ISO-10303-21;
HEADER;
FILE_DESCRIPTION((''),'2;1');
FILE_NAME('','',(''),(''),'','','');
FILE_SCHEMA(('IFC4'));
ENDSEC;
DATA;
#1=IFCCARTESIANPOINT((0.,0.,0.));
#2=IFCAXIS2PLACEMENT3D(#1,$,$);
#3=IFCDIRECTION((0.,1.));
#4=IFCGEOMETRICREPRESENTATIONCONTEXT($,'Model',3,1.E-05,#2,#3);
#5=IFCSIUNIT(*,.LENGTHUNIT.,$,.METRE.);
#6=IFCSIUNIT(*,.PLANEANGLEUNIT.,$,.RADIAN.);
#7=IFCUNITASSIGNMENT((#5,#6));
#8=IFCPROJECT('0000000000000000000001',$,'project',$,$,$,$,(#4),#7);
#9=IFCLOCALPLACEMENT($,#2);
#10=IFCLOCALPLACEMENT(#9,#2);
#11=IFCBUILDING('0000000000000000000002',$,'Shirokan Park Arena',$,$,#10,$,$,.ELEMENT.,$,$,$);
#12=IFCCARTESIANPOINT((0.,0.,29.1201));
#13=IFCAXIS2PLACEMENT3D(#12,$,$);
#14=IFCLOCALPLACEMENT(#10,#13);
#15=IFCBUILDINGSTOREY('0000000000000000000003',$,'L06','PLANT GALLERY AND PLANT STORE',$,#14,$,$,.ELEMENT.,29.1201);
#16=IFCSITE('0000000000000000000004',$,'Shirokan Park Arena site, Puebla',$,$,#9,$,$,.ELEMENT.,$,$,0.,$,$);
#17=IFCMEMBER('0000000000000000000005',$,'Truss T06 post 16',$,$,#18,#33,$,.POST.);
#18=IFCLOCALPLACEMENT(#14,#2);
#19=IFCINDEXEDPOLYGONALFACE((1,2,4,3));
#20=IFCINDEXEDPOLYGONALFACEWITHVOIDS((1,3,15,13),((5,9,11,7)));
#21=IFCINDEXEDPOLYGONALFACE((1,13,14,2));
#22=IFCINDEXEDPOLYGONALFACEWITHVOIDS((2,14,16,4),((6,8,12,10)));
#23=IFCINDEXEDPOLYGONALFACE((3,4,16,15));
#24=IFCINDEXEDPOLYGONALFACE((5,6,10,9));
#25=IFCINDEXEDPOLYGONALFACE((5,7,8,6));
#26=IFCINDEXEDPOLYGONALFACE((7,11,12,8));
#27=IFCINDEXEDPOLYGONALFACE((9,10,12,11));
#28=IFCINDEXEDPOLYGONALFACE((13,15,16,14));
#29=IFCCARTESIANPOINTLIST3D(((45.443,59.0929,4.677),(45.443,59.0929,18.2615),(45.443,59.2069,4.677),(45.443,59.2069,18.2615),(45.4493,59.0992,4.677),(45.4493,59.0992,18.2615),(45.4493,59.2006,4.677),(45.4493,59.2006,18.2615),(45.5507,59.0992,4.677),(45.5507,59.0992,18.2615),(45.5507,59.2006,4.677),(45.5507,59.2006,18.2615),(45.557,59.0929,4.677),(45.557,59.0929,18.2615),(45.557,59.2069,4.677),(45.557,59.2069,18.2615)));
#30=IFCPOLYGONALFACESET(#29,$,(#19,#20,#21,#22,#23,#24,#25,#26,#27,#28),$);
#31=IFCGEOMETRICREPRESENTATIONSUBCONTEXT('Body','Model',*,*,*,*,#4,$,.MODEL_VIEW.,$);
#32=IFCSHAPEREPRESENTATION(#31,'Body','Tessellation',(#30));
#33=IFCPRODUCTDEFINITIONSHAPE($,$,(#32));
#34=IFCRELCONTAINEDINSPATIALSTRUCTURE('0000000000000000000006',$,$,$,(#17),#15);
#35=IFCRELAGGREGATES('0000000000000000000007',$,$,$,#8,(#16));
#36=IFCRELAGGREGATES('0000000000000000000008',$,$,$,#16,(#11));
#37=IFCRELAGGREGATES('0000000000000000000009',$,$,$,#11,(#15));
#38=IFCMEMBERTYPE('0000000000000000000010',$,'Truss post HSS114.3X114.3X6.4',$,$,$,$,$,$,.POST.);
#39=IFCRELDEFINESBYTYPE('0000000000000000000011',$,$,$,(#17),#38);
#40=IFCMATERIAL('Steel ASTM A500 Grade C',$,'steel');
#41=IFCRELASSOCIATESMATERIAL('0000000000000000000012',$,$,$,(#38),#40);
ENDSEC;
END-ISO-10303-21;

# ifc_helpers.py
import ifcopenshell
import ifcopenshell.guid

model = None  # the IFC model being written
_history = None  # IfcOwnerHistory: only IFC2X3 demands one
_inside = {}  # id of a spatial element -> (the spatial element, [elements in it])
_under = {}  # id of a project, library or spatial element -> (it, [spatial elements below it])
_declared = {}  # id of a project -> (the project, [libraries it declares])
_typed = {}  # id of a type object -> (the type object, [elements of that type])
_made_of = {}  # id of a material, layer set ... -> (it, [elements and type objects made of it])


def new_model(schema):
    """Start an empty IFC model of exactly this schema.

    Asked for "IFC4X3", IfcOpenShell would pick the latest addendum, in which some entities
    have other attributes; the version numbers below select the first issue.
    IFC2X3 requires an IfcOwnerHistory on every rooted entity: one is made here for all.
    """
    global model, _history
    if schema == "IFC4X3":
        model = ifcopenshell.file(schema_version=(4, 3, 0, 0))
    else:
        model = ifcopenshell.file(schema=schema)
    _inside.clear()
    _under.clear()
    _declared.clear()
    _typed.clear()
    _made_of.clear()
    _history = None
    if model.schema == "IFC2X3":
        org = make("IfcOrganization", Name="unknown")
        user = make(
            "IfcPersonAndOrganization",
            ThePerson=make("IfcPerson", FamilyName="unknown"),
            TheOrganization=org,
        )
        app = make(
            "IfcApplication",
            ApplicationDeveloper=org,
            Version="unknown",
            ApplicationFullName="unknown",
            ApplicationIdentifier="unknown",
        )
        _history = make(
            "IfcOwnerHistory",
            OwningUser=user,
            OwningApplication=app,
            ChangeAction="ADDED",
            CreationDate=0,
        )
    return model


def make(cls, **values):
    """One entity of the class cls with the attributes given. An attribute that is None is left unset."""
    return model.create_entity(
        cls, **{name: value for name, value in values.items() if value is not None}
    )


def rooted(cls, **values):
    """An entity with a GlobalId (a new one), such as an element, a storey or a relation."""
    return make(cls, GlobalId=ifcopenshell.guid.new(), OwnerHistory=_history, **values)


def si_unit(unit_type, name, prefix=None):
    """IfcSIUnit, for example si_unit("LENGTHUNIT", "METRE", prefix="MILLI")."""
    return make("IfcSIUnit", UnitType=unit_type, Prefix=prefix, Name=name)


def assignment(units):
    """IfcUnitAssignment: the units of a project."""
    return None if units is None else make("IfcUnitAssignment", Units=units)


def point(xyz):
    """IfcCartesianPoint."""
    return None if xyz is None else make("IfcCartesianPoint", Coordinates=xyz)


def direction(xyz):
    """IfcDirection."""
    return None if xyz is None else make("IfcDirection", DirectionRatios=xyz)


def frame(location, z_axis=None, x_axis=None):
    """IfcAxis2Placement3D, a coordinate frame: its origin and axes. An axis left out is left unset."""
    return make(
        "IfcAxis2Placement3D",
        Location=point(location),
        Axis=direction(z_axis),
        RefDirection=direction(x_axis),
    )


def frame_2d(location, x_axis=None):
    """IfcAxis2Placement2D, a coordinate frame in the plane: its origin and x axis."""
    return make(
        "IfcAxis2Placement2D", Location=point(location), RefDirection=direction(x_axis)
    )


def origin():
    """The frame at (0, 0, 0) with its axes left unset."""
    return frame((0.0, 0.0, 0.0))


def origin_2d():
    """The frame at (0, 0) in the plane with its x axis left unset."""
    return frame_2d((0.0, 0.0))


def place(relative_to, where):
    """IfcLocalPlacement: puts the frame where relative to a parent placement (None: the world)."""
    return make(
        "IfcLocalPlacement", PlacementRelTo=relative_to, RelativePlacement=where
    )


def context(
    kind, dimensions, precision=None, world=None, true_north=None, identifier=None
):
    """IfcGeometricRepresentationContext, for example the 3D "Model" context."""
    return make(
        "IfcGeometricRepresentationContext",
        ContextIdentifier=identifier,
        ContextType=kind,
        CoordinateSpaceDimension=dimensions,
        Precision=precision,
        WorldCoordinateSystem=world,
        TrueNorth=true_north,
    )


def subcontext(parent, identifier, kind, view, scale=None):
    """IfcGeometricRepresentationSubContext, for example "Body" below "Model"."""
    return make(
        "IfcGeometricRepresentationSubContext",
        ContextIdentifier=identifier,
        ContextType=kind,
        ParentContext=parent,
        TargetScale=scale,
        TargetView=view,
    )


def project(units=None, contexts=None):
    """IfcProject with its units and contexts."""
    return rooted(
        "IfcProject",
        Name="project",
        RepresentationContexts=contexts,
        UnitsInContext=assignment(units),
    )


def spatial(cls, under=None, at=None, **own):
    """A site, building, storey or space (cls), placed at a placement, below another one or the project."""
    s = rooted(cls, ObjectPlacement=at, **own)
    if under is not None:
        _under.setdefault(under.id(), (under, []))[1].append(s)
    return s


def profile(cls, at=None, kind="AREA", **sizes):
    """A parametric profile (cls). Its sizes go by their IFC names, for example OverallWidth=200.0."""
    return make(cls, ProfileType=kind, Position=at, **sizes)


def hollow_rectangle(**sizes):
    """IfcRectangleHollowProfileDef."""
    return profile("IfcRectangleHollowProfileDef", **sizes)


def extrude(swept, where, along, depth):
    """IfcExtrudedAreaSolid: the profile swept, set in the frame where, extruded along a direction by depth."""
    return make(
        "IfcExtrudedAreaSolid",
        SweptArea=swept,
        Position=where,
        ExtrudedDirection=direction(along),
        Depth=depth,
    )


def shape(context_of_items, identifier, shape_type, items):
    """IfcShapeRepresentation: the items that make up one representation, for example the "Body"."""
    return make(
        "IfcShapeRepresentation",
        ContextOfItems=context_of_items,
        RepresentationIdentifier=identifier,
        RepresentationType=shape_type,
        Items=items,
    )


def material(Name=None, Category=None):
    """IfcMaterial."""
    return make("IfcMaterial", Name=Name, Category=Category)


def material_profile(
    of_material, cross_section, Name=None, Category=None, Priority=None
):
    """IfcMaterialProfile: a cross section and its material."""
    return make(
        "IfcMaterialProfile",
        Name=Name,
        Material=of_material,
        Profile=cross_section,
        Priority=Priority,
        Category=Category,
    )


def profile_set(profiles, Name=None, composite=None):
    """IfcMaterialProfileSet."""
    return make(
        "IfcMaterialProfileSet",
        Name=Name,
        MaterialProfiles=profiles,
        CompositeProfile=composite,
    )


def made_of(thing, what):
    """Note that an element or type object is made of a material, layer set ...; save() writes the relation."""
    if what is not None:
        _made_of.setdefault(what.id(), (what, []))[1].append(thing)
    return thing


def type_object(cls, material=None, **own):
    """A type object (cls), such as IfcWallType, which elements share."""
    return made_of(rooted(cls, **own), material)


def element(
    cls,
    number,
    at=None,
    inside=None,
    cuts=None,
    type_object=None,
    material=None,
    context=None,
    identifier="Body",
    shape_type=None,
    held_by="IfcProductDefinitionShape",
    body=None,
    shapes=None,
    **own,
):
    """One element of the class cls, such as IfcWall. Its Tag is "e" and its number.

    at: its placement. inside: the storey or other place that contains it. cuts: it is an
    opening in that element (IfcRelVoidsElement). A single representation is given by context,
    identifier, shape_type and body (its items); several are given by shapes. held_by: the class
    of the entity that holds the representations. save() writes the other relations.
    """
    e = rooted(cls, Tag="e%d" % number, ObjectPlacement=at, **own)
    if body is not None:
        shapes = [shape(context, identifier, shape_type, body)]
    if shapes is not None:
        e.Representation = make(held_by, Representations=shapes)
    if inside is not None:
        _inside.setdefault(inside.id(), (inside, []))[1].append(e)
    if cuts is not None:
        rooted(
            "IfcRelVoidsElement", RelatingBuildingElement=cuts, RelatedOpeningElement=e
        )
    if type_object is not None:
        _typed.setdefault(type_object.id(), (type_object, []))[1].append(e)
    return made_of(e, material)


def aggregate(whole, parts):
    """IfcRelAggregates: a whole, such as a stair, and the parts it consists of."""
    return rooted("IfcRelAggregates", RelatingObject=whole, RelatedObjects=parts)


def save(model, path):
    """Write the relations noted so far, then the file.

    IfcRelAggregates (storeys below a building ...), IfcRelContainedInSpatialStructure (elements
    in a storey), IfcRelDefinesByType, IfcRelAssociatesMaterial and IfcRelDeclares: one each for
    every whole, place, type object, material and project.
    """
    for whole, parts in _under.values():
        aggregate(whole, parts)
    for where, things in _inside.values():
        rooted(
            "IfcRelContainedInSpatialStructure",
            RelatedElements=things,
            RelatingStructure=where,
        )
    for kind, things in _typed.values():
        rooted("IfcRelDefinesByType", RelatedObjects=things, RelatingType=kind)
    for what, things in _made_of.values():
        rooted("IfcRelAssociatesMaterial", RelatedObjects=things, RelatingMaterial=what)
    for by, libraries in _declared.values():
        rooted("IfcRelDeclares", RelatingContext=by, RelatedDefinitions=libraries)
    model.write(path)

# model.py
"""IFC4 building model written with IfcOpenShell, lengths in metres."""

from ifc_helpers import new_model, si_unit, direction, frame, origin, origin_2d, place, context, subcontext, project, spatial, hollow_rectangle, extrude, material, material_profile, profile_set, type_object, element, save


model = new_model("IFC4")

# Units and contexts
model_context = context("Model", 3, precision=1e-05, world=origin(), true_north=direction((0.0, 1.0)))
body_context = subcontext(model_context, "Body", "Model", "MODEL_VIEW")
ifc_project = project(units=[si_unit("LENGTHUNIT", "METRE"), si_unit("PLANEANGLEUNIT", "RADIAN")], contexts=[model_context])

# Site, building, storey
site_placement = place(None, origin())
site = spatial("IfcSite", under=ifc_project, at=site_placement, Name="Shirokan Park Arena site, Puebla", CompositionType="ELEMENT", RefElevation=0.0)
building_placement = place(site_placement, origin())
building = spatial("IfcBuilding", under=site, at=building_placement, Name="Shirokan Park Arena", CompositionType="ELEMENT")
storey_placement = place(building_placement, frame((0.0, 0.0, 29.1201)))
storey = spatial("IfcBuildingStorey", under=building, at=storey_placement, Name="L06", Description="PLANT GALLERY AND PLANT STORE", CompositionType="ELEMENT", Elevation=29.1201)

# Member
ifc_material_1 = material(Name="Steel ASTM A500 Grade C", Category="steel")
ifc_material_profile_1 = material_profile(ifc_material_1, hollow_rectangle(XDim=0.114, YDim=0.114, WallThickness=0.0063, at=origin_2d()), Name="HSS114.3X114.3X6.4")
ifc_profile_set_1 = profile_set([ifc_material_profile_1], Name="Steel ASTM A500 Grade C")
member_type_1 = type_object("IfcMemberType", Name="Truss post HSS114.3X114.3X6.4", PredefinedType="POST", material=ifc_profile_set_1)
member_1_placement = place(storey_placement, frame((45.5, 59.1499, 4.677), z_axis=(0.0, 0.0, 1.0), x_axis=(1.0, 0.0, 0.0)))
element("IfcMember", 1, at=member_1_placement, inside=storey, type_object=member_type_1, Name="Truss T06 post 16", PredefinedType="POST", context=body_context, shape_type="SweptSolid", body=[
    extrude(hollow_rectangle(XDim=0.114, YDim=0.114, WallThickness=0.0063, at=origin_2d()), origin(), (0.0, 0.0, 1.0), 13.5845),
])

save(model, "model.ifc")
